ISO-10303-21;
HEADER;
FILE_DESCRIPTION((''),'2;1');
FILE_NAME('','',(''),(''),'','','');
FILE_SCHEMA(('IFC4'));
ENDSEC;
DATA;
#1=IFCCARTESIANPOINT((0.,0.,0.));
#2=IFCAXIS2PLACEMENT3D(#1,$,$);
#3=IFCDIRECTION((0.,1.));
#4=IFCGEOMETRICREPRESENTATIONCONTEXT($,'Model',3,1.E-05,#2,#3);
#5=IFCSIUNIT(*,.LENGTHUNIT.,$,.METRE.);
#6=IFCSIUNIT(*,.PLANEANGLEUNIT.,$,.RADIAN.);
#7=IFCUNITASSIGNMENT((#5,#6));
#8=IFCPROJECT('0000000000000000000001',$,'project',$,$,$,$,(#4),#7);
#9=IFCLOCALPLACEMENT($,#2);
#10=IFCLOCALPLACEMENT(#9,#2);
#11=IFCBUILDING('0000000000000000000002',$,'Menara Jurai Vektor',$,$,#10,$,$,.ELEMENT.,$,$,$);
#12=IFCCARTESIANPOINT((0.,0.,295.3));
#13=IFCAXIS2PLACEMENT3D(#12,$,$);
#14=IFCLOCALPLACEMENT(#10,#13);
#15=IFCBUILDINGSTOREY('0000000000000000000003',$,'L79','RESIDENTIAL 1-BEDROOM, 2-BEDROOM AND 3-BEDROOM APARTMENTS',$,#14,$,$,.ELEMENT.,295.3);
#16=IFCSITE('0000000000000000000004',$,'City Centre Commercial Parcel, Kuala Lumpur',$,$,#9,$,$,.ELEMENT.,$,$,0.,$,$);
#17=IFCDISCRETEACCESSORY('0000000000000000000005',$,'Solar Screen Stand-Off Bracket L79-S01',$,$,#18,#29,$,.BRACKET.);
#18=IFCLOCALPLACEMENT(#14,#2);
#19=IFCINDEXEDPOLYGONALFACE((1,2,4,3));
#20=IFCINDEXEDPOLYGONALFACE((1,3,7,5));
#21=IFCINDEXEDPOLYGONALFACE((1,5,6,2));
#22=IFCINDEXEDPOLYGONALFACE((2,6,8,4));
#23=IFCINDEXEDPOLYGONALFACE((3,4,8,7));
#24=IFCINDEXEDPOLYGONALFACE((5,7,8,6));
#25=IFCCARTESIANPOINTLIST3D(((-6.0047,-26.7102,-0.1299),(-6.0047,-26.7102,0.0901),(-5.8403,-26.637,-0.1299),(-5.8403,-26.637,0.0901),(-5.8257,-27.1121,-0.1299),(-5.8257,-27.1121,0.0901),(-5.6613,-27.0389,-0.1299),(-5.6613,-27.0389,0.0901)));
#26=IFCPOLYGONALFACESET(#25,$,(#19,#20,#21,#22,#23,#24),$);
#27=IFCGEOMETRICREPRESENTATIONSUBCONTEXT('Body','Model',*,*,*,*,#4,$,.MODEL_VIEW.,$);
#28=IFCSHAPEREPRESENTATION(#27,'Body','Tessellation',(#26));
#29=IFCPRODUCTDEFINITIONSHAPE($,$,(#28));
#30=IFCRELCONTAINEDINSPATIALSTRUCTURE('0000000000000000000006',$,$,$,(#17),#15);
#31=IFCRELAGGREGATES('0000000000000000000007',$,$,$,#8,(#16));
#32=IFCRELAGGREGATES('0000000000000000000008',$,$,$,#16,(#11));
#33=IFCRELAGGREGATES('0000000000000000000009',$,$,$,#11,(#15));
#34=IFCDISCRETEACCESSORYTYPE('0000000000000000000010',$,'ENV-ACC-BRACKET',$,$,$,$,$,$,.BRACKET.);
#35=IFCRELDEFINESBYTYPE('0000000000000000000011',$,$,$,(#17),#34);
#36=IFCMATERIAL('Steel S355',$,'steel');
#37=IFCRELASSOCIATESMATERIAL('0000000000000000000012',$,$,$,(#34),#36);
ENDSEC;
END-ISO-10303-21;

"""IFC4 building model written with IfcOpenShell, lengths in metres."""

from ifc_helpers import new_model, si_unit, direction, frame, origin, origin_2d, place, context, subcontext, project, spatial, rectangle, extrude, material, type_object, element, save


model = new_model("IFC4")

# Units and contexts
model_context = context("Model", 3, precision=1e-05, world=origin(), true_north=direction((0.0, 1.0)))
body_context = subcontext(model_context, "Body", "Model", "MODEL_VIEW")
ifc_project = project(units=[si_unit("LENGTHUNIT", "METRE"), si_unit("PLANEANGLEUNIT", "RADIAN")], contexts=[model_context])

# Site, building, storey
site_placement = place(None, origin())
site = spatial("IfcSite", under=ifc_project, at=site_placement, Name="City Centre Commercial Parcel, Kuala Lumpur", CompositionType="ELEMENT", RefElevation=0.0)
building_placement = place(site_placement, origin())
building = spatial("IfcBuilding", under=site, at=building_placement, Name="Menara Jurai Vektor", CompositionType="ELEMENT")
storey_placement = place(building_placement, frame((0.0, 0.0, 295.3)))
storey = spatial("IfcBuildingStorey", under=building, at=storey_placement, Name="L79", Description="RESIDENTIAL 1-BEDROOM, 2-BEDROOM AND 3-BEDROOM APARTMENTS", CompositionType="ELEMENT", Elevation=295.3)

# Shared definitions
ifc_material_1 = material(Name="Steel S355", Category="steel")

# Discrete accessory
discrete_accessory_type = type_object("IfcDiscreteAccessoryType", Name="ENV-ACC-BRACKET", PredefinedType="BRACKET", material=ifc_material_1)
discrete_accessory_placement = place(storey_placement, frame((-5.833, -26.8745, -0.1299), z_axis=(0.0, 0.0, 1.0), x_axis=(0.913545, 0.406737, 0.0)))
element("IfcDiscreteAccessory", 1, at=discrete_accessory_placement, inside=storey, type_object=discrete_accessory_type, Name="Solar Screen Stand-Off Bracket L79-S01", PredefinedType="BRACKET", context=body_context, shape_type="SweptSolid", body=[
    extrude(rectangle(XDim=0.1799, YDim=0.4399, at=origin_2d()), origin(), (0.0, 0.0, 1.0), 0.22),
])

save(model, "model.ifc")
